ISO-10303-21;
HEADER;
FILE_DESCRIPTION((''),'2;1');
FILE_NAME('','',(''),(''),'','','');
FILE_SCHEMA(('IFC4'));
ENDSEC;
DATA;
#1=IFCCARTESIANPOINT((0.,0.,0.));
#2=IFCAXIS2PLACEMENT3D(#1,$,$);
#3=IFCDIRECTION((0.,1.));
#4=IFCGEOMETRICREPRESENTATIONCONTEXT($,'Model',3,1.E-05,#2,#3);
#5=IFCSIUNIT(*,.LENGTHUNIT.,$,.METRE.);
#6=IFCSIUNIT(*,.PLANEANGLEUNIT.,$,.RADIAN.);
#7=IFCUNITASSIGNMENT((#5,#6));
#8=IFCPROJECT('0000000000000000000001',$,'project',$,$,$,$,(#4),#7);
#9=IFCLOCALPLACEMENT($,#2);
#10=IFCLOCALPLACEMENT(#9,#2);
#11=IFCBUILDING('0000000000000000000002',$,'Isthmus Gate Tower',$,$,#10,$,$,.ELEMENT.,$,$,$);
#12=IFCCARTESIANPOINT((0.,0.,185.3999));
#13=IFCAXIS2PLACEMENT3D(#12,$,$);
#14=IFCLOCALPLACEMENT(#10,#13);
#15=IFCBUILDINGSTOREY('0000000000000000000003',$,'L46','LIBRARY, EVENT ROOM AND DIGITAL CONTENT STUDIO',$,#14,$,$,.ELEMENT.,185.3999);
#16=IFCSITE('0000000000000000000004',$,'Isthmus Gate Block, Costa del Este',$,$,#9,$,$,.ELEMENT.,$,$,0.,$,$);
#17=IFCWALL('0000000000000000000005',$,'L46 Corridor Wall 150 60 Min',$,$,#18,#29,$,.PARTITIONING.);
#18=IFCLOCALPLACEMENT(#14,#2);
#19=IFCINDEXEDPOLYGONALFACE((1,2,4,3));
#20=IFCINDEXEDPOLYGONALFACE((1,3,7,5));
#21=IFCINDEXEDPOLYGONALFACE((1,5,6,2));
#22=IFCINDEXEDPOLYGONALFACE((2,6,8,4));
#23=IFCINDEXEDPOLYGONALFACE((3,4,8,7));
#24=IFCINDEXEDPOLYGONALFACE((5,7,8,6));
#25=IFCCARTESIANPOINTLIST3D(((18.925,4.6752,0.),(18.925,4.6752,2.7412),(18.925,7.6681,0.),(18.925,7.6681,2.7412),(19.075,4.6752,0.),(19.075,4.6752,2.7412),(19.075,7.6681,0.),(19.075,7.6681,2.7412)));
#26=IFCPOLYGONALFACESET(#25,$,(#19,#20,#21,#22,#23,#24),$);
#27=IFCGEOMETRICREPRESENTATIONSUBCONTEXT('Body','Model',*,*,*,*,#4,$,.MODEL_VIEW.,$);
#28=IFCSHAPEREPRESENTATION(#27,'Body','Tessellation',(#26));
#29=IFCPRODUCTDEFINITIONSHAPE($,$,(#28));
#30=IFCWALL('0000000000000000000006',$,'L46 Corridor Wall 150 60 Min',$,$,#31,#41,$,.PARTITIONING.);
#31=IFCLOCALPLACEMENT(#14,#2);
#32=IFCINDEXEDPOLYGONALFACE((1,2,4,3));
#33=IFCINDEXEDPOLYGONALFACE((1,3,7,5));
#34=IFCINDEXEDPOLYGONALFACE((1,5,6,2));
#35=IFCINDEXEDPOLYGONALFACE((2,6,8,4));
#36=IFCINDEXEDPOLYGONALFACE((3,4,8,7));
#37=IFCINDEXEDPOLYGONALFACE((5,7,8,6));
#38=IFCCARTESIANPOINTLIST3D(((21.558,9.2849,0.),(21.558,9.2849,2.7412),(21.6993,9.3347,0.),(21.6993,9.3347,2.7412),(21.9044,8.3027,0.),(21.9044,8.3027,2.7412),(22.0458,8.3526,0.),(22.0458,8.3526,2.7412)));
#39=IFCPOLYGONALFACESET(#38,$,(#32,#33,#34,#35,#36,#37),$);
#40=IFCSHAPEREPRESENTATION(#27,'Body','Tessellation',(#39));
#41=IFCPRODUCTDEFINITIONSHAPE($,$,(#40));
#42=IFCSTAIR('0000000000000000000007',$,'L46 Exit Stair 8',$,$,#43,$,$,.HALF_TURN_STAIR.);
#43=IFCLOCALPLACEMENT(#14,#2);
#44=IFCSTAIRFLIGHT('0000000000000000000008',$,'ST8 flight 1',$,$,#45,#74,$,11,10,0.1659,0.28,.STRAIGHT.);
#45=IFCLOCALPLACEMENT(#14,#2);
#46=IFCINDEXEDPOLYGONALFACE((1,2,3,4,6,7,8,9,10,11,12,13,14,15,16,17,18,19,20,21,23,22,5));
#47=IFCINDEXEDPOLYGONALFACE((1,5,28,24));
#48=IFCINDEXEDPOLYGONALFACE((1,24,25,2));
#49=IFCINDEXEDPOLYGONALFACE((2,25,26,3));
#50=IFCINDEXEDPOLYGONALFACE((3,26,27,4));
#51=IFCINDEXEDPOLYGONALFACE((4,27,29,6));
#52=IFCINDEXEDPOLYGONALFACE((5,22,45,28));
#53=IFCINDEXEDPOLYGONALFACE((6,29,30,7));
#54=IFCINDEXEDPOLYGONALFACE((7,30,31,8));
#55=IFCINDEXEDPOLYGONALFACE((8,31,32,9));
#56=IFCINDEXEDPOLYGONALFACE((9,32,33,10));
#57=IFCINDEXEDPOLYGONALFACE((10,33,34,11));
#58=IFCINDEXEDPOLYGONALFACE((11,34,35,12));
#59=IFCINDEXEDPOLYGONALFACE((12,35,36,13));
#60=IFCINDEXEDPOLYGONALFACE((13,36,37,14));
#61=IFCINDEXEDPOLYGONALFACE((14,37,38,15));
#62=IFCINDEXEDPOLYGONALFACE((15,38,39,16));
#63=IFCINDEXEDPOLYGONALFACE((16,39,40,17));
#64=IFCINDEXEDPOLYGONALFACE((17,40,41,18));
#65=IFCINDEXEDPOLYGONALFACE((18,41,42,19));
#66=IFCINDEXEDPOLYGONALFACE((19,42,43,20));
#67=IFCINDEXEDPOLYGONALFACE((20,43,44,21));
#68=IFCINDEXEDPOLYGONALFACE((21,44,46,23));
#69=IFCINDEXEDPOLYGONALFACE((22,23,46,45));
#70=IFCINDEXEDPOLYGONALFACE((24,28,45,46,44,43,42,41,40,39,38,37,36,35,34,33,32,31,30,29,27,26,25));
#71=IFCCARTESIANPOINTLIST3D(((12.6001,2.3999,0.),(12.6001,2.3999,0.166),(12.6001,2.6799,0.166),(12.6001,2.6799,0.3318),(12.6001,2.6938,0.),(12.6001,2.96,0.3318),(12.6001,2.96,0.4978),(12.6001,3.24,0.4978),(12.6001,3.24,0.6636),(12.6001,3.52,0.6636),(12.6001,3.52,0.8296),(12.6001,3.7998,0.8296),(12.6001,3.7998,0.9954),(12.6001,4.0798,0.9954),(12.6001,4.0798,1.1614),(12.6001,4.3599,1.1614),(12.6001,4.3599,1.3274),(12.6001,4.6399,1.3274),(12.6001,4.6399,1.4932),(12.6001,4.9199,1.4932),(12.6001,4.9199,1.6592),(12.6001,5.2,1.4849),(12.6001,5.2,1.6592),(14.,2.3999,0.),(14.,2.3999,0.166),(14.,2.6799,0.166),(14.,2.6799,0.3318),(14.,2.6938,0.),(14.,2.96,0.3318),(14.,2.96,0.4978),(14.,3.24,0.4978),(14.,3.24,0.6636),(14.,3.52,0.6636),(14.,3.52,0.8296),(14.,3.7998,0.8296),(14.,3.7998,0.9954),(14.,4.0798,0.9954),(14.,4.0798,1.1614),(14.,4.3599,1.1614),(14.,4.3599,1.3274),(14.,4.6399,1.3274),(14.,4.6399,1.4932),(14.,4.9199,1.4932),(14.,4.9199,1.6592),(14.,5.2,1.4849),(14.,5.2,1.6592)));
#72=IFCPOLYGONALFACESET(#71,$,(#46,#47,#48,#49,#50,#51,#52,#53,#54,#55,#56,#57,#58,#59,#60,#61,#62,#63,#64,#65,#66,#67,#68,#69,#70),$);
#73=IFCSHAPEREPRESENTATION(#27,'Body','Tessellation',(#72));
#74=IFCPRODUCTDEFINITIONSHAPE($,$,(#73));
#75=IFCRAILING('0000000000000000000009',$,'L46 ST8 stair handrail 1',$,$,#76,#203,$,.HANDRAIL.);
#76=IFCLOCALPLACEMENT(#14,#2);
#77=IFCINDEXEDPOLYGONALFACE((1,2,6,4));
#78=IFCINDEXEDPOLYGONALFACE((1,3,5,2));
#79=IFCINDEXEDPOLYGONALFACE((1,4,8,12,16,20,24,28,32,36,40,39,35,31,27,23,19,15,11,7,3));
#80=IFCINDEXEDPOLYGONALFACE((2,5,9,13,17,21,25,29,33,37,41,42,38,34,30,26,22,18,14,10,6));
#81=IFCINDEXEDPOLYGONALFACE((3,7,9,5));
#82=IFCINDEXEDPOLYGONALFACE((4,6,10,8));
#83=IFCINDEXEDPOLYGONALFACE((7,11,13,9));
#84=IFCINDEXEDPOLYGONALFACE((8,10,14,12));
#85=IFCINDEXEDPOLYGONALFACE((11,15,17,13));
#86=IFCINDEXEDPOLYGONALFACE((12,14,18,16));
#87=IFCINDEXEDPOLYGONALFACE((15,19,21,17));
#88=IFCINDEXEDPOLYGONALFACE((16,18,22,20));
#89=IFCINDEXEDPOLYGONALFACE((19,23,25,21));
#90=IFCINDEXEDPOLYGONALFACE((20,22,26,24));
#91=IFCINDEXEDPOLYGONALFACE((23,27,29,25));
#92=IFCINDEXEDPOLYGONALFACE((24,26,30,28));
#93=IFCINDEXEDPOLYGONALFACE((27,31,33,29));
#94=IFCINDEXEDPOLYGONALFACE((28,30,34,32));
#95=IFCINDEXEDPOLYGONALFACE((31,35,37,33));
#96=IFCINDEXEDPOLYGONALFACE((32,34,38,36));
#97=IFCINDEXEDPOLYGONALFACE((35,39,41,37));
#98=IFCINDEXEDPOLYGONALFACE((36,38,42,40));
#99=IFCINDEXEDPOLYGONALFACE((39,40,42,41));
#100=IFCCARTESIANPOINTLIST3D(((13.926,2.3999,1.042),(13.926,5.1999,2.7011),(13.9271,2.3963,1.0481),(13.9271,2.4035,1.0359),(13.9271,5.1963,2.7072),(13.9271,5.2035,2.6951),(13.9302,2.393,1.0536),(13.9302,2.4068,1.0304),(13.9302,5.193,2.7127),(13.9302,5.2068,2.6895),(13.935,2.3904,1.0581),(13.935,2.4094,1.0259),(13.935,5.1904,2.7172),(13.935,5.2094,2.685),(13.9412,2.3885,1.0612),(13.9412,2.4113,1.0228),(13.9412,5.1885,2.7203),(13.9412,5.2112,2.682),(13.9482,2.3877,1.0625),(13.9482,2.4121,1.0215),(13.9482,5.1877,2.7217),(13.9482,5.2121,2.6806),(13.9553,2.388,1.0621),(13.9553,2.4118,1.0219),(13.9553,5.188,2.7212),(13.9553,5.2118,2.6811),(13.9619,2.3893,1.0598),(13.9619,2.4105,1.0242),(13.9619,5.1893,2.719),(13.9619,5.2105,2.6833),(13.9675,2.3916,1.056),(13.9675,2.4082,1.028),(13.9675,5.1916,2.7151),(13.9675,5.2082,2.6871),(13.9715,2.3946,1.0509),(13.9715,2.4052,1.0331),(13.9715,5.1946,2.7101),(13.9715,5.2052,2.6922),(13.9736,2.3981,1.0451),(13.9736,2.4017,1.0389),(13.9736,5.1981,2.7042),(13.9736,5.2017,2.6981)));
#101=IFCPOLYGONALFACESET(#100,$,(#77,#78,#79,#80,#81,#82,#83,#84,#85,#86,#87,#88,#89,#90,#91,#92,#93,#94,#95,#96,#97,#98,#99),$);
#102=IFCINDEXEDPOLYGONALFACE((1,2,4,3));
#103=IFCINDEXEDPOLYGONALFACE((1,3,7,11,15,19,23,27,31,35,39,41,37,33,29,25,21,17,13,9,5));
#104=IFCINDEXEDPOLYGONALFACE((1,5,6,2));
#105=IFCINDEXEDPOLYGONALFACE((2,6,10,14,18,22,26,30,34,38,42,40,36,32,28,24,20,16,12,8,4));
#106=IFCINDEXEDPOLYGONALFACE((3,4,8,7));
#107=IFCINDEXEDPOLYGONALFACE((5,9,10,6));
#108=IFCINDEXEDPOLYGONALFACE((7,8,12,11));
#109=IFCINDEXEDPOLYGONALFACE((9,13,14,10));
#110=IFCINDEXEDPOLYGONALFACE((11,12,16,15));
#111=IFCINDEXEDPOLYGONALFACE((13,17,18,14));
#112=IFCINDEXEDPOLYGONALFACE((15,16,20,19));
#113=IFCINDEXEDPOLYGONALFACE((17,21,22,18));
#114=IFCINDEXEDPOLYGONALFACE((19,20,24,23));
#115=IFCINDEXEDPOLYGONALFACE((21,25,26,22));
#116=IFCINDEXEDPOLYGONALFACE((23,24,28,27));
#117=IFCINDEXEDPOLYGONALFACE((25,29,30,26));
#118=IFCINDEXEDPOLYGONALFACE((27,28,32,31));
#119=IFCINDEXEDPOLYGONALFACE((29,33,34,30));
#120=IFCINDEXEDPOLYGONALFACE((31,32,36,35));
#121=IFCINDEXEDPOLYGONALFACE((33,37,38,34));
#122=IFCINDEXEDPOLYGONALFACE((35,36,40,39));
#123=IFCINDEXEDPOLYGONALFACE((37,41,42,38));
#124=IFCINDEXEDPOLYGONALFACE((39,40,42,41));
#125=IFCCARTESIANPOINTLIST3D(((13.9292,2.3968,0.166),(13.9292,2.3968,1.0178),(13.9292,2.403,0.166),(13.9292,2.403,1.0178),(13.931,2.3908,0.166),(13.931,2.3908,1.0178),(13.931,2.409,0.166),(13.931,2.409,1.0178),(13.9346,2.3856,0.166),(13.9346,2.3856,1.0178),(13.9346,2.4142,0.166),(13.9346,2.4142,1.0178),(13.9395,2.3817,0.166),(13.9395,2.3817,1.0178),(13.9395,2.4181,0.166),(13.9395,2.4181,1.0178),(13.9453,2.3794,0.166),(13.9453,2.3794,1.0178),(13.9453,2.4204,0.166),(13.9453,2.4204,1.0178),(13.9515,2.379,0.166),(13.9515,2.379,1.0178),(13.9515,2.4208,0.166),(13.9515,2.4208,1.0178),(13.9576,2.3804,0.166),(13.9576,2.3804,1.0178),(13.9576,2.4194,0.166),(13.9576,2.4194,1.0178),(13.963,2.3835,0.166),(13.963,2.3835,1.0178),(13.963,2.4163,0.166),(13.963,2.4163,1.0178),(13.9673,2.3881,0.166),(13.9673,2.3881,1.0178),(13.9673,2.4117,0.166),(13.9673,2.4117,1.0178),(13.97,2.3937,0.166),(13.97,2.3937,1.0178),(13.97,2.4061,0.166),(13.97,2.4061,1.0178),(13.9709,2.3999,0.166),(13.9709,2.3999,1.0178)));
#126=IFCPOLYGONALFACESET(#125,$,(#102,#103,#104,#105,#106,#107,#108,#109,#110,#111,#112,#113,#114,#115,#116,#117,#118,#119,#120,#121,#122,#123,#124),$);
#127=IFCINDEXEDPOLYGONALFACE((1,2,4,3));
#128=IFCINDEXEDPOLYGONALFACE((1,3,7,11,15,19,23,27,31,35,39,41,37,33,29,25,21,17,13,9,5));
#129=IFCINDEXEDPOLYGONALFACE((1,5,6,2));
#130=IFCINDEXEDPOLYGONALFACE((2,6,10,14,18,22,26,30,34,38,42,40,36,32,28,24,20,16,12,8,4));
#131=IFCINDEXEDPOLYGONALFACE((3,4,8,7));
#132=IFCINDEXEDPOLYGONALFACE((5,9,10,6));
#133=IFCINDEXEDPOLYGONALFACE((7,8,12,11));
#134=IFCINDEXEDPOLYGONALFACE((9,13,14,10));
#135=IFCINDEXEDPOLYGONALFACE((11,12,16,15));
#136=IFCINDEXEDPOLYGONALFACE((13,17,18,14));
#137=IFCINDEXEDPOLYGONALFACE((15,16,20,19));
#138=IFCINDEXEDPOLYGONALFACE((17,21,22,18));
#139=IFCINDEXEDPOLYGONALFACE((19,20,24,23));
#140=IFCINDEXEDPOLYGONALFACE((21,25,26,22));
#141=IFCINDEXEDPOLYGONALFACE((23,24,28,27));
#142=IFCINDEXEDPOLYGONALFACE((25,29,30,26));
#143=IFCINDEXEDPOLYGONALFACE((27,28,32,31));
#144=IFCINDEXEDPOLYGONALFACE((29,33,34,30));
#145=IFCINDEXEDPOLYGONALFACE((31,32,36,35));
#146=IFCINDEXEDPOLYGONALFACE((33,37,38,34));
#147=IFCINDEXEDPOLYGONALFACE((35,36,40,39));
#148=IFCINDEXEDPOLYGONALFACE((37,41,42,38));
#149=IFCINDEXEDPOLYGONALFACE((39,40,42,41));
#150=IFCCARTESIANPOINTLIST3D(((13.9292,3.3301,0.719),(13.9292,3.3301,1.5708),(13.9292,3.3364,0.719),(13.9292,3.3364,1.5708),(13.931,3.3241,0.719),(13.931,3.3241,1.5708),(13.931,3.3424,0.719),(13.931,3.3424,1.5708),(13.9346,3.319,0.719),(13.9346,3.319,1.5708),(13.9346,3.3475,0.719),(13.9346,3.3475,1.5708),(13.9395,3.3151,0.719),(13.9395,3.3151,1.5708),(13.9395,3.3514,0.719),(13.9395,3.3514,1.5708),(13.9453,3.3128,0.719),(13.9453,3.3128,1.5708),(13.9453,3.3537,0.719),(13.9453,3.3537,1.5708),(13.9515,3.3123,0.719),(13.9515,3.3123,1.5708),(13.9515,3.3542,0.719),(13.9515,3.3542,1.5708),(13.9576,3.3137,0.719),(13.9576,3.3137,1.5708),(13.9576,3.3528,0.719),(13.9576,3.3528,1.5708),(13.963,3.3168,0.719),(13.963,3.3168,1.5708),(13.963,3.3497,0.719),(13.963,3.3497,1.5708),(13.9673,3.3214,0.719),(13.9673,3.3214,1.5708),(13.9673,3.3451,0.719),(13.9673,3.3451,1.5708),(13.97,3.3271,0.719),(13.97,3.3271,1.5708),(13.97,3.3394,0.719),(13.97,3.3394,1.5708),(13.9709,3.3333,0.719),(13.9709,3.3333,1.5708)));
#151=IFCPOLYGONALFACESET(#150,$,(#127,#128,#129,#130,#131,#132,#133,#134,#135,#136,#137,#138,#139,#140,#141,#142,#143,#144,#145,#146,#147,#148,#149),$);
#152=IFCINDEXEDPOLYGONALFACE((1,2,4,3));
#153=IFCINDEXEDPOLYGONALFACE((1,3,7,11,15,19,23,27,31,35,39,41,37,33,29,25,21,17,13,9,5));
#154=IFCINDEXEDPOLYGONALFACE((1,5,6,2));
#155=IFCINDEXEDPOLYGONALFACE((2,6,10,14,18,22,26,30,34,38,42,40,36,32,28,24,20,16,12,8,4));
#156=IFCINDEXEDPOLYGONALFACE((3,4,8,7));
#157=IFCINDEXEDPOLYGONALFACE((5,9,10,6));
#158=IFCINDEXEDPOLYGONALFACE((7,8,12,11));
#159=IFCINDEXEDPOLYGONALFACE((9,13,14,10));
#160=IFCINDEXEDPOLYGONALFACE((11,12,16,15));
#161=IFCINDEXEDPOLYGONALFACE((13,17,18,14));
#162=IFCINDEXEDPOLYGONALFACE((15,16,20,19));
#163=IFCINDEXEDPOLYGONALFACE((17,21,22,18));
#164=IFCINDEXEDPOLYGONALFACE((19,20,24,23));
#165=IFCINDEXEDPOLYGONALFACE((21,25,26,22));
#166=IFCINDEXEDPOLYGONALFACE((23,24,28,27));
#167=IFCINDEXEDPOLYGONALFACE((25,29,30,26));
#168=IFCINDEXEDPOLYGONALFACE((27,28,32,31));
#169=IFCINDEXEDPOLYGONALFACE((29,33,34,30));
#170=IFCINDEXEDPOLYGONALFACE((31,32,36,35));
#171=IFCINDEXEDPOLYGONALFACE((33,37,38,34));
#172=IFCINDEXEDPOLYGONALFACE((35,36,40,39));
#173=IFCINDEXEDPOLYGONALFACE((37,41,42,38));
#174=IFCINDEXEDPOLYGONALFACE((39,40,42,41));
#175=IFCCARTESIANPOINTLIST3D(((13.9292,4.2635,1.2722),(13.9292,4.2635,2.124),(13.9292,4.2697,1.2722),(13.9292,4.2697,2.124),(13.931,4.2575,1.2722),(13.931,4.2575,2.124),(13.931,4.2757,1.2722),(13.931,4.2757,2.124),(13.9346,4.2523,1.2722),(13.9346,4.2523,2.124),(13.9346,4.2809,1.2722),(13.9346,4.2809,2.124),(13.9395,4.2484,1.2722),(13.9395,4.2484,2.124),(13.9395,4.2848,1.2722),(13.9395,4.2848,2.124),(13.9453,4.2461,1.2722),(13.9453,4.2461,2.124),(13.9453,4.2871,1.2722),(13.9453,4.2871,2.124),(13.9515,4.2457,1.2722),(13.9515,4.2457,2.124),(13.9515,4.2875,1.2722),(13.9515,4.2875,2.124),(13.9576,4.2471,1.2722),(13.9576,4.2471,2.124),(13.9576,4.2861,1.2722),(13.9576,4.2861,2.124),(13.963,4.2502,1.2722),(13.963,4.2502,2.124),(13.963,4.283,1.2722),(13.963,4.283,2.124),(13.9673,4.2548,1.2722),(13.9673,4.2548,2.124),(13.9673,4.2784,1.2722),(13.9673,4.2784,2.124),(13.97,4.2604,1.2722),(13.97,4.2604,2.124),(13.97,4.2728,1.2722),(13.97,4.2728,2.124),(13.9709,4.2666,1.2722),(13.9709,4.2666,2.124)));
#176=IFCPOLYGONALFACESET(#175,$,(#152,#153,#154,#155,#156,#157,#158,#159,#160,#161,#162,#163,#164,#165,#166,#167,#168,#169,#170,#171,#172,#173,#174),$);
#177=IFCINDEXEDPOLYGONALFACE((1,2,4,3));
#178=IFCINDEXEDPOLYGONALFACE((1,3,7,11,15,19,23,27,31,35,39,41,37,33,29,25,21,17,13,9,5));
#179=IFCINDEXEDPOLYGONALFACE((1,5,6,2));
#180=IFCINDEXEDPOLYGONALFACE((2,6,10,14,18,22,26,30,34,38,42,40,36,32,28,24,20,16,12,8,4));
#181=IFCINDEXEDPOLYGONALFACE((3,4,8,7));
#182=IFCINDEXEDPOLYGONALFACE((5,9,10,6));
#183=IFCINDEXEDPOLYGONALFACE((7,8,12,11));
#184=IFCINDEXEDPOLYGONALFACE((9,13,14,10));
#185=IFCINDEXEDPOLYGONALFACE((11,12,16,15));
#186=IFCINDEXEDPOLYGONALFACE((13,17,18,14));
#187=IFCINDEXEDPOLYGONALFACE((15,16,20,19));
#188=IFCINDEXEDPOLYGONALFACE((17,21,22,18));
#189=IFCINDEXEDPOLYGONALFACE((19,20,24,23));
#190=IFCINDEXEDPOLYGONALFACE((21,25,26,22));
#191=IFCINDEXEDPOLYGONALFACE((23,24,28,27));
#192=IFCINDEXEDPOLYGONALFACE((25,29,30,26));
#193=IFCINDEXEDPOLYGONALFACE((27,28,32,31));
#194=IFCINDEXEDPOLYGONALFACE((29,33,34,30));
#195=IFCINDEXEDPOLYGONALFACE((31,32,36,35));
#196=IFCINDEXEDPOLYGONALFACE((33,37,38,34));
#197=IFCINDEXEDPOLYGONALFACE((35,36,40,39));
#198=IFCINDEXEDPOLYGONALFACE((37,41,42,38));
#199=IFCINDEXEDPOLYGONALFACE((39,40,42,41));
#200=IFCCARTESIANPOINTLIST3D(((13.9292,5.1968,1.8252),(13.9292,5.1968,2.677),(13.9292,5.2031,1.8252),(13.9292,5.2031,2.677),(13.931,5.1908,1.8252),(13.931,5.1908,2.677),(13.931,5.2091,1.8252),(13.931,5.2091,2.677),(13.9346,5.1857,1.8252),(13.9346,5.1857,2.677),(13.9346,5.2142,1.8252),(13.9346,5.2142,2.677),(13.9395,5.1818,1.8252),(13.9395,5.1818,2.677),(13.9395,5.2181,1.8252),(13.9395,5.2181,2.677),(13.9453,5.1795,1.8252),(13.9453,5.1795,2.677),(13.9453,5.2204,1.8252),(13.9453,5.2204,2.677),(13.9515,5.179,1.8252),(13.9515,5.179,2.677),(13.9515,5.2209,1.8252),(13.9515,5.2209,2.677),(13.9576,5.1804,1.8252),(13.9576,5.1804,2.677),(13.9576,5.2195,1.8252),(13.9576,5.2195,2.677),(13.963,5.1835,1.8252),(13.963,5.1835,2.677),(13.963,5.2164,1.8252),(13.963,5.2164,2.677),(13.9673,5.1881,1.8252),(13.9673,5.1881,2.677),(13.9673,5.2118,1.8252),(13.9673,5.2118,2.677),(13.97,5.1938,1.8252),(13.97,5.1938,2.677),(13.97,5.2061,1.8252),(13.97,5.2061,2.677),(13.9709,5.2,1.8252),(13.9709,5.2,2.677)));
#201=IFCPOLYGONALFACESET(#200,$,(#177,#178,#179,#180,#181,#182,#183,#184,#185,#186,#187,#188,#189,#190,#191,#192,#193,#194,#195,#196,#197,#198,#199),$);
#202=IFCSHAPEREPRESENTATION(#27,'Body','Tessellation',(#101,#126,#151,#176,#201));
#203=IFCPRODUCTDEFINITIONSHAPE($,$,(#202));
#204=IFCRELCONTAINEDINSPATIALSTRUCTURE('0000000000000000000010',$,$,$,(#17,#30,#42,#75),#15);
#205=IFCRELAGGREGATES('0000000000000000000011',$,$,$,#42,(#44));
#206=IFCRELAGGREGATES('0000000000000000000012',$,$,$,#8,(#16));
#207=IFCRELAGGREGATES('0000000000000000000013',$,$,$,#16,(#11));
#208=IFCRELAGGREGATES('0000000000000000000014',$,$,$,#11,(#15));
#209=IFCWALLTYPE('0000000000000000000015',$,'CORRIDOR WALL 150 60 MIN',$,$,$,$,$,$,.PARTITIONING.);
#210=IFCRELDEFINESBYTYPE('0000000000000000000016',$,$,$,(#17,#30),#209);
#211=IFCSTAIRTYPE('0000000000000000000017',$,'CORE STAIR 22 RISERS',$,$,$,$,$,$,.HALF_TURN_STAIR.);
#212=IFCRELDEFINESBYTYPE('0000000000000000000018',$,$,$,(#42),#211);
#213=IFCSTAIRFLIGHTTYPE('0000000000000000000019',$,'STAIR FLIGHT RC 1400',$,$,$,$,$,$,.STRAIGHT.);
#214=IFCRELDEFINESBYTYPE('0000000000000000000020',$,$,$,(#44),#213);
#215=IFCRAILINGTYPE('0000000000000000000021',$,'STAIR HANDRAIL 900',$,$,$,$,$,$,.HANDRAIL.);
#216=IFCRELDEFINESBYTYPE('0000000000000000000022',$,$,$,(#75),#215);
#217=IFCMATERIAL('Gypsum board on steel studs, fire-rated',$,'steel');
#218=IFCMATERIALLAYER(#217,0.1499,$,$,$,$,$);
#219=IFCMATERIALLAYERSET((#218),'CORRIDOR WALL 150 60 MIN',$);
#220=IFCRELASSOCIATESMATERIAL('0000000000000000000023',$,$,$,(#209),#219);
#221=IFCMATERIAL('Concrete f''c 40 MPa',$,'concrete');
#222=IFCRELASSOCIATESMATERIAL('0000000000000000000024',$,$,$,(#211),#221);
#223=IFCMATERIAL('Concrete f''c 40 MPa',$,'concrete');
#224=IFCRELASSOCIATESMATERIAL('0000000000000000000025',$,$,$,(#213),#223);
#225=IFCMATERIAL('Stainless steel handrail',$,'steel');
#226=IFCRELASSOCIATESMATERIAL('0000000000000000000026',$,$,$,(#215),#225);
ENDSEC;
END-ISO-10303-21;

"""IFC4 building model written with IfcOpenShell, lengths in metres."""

from ifc_helpers import new_model, si_unit, direction, frame, frame_2d, origin, origin_2d, place, context, subcontext, project, spatial, polyline, rectangle, circle, outline, extrude, material, layer, layer_set, type_object, element, aggregate, save


model = new_model("IFC4")

# Units and contexts
model_context = context("Model", 3, precision=1e-05, world=origin(), true_north=direction((0.0, 1.0)))
body_context = subcontext(model_context, "Body", "Model", "MODEL_VIEW")
ifc_project = project(units=[si_unit("LENGTHUNIT", "METRE"), si_unit("PLANEANGLEUNIT", "RADIAN")], contexts=[model_context])

# Site, building, storey
site_placement = place(None, origin())
site = spatial("IfcSite", under=ifc_project, at=site_placement, Name="Isthmus Gate Block, Costa del Este", CompositionType="ELEMENT", RefElevation=0.0)
building_placement = place(site_placement, origin())
building = spatial("IfcBuilding", under=site, at=building_placement, Name="Isthmus Gate Tower", CompositionType="ELEMENT")
storey_placement = place(building_placement, frame((0.0, 0.0, 185.3999)))
storey = spatial("IfcBuildingStorey", under=building, at=storey_placement, Name="L46", Description="LIBRARY, EVENT ROOM AND DIGITAL CONTENT STUDIO", CompositionType="ELEMENT", Elevation=185.3999)

# Shared definitions
ifc_material_1 = material(Name="Gypsum board on steel studs, fire-rated", Category="steel")
ifc_layer_1 = layer(ifc_material_1, 0.1499)
ifc_layer_set_1 = layer_set([ifc_layer_1], Name="CORRIDOR WALL 150 60 MIN")
wall_type = type_object("IfcWallType", Name="CORRIDOR WALL 150 60 MIN", PredefinedType="PARTITIONING", material=ifc_layer_set_1)

# Walls
wall_1_placement = place(storey_placement, frame((19.0, 4.675, 0.0), z_axis=(0.0, 0.0, 1.0), x_axis=(0.0, 1.0, 0.0)))
element("IfcWall", 1, at=wall_1_placement, inside=storey, type_object=wall_type, Name="L46 Corridor Wall 150 60 Min", PredefinedType="PARTITIONING", context=body_context, shape_type="SweptSolid", body=[
    extrude(rectangle(XDim=2.9929, YDim=0.1499, at=frame_2d((1.4966, 0.0))), origin(), (0.0, 0.0, 1.0), 2.7412),
])
wall_2_placement = place(storey_placement, frame((21.6287, 9.3098, 0.0), z_axis=(0.0, 0.0, 1.0), x_axis=(0.332636, -0.943055, 0.0)))
element("IfcWall", 2, at=wall_2_placement, inside=storey, type_object=wall_type, Name="L46 Corridor Wall 150 60 Min", PredefinedType="PARTITIONING", context=body_context, shape_type="SweptSolid", body=[
    extrude(rectangle(XDim=1.0415, YDim=0.1499, at=frame_2d((0.5208, 0.0))), origin(), (0.0, 0.0, 1.0), 2.7412),
])

# Stair, stair flight
ifc_material_2 = material(Name="Concrete f'c 40 MPa", Category="concrete")
stair_type = type_object("IfcStairType", Name="CORE STAIR 22 RISERS", PredefinedType="HALF_TURN_STAIR", material=ifc_material_2)
stair_placement = place(storey_placement, origin())
stair = element("IfcStair", 3, at=stair_placement, inside=storey, type_object=stair_type, Name="L46 Exit Stair 8", PredefinedType="HALF_TURN_STAIR")
ifc_material_3 = material(Name="Concrete f'c 40 MPa", Category="concrete")
stair_flight_type = type_object("IfcStairFlightType", Name="STAIR FLIGHT RC 1400", PredefinedType="STRAIGHT", material=ifc_material_3)
stair_flight_placement = place(storey_placement, frame((13.3, 2.3999, 0.0), z_axis=(0.0, 0.0, 1.0), x_axis=(0.0, 1.0, 0.0)))
stair_flight = element("IfcStairFlight", 4, at=stair_flight_placement, type_object=stair_flight_type, Name="ST8 flight 1", NumberOfRisers=11, NumberOfTreads=10, PredefinedType="STRAIGHT", RiserHeight=0.1659, TreadLength=0.28, context=body_context, shape_type="SweptSolid", body=[
    extrude(outline(polyline([(0.0, 0.0), (0.0, 0.166), (0.28, 0.166), (0.28, 0.3318), (0.5601, 0.3318), (0.5601, 0.4978), (0.8401, 0.4978), (0.8401, 0.6636), (1.1201, 0.6636), (1.1201, 0.8296), (1.3999, 0.8296), (1.3999, 0.9954), (1.6799, 0.9954), (1.6799, 1.1614), (1.96, 1.1614), (1.96, 1.3274), (2.24, 1.3274), (2.24, 1.4932), (2.52, 1.4932), (2.52, 1.6592), (2.8, 1.6592), (2.8, 1.825), (2.8, 1.4849), (0.2939, 0.0), (0.0, 0.0)])), frame((0.0, 0.7, 0.0), z_axis=(0.0, -1.0, 0.0), x_axis=(1.0, 0.0, 0.0)), (0.0, 0.0, 1.0), 1.3999),
])
aggregate(stair, [stair_flight])

# Railing
ifc_material_4 = material(Name="Stainless steel handrail", Category="steel")
railing_type = type_object("IfcRailingType", Name="STAIR HANDRAIL 900", PredefinedType="HANDRAIL", material=ifc_material_4)
railing_placement = place(storey_placement, frame((13.95, 2.3999, 0.166)))
element("IfcRailing", 5, at=railing_placement, inside=storey, type_object=railing_type, Name="L46 ST8 stair handrail 1", PredefinedType="HANDRAIL", context=body_context, shape_type="SweptSolid", body=[
    extrude(circle(Radius=0.0239, at=origin_2d()), frame((0.0, 0.0, 0.876), z_axis=(0.0, 0.860306, 0.509778), x_axis=(-1.0, 0.0, 0.0)), (0.0, 0.0, 1.0), 3.2546),
    extrude(circle(Radius=0.021, at=origin_2d()), origin(), (0.0, 0.0, 1.0), 0.8518),
    extrude(circle(Radius=0.021, at=origin_2d()), frame((0.0, 0.9333, 0.553)), (0.0, 0.0, 1.0), 0.8518),
    extrude(circle(Radius=0.021, at=origin_2d()), frame((0.0, 1.8667, 1.1062)), (0.0, 0.0, 1.0), 0.8518),
    extrude(circle(Radius=0.021, at=origin_2d()), frame((0.0, 2.8, 1.6592)), (0.0, 0.0, 1.0), 0.8518),
])

save(model, "model.ifc")
